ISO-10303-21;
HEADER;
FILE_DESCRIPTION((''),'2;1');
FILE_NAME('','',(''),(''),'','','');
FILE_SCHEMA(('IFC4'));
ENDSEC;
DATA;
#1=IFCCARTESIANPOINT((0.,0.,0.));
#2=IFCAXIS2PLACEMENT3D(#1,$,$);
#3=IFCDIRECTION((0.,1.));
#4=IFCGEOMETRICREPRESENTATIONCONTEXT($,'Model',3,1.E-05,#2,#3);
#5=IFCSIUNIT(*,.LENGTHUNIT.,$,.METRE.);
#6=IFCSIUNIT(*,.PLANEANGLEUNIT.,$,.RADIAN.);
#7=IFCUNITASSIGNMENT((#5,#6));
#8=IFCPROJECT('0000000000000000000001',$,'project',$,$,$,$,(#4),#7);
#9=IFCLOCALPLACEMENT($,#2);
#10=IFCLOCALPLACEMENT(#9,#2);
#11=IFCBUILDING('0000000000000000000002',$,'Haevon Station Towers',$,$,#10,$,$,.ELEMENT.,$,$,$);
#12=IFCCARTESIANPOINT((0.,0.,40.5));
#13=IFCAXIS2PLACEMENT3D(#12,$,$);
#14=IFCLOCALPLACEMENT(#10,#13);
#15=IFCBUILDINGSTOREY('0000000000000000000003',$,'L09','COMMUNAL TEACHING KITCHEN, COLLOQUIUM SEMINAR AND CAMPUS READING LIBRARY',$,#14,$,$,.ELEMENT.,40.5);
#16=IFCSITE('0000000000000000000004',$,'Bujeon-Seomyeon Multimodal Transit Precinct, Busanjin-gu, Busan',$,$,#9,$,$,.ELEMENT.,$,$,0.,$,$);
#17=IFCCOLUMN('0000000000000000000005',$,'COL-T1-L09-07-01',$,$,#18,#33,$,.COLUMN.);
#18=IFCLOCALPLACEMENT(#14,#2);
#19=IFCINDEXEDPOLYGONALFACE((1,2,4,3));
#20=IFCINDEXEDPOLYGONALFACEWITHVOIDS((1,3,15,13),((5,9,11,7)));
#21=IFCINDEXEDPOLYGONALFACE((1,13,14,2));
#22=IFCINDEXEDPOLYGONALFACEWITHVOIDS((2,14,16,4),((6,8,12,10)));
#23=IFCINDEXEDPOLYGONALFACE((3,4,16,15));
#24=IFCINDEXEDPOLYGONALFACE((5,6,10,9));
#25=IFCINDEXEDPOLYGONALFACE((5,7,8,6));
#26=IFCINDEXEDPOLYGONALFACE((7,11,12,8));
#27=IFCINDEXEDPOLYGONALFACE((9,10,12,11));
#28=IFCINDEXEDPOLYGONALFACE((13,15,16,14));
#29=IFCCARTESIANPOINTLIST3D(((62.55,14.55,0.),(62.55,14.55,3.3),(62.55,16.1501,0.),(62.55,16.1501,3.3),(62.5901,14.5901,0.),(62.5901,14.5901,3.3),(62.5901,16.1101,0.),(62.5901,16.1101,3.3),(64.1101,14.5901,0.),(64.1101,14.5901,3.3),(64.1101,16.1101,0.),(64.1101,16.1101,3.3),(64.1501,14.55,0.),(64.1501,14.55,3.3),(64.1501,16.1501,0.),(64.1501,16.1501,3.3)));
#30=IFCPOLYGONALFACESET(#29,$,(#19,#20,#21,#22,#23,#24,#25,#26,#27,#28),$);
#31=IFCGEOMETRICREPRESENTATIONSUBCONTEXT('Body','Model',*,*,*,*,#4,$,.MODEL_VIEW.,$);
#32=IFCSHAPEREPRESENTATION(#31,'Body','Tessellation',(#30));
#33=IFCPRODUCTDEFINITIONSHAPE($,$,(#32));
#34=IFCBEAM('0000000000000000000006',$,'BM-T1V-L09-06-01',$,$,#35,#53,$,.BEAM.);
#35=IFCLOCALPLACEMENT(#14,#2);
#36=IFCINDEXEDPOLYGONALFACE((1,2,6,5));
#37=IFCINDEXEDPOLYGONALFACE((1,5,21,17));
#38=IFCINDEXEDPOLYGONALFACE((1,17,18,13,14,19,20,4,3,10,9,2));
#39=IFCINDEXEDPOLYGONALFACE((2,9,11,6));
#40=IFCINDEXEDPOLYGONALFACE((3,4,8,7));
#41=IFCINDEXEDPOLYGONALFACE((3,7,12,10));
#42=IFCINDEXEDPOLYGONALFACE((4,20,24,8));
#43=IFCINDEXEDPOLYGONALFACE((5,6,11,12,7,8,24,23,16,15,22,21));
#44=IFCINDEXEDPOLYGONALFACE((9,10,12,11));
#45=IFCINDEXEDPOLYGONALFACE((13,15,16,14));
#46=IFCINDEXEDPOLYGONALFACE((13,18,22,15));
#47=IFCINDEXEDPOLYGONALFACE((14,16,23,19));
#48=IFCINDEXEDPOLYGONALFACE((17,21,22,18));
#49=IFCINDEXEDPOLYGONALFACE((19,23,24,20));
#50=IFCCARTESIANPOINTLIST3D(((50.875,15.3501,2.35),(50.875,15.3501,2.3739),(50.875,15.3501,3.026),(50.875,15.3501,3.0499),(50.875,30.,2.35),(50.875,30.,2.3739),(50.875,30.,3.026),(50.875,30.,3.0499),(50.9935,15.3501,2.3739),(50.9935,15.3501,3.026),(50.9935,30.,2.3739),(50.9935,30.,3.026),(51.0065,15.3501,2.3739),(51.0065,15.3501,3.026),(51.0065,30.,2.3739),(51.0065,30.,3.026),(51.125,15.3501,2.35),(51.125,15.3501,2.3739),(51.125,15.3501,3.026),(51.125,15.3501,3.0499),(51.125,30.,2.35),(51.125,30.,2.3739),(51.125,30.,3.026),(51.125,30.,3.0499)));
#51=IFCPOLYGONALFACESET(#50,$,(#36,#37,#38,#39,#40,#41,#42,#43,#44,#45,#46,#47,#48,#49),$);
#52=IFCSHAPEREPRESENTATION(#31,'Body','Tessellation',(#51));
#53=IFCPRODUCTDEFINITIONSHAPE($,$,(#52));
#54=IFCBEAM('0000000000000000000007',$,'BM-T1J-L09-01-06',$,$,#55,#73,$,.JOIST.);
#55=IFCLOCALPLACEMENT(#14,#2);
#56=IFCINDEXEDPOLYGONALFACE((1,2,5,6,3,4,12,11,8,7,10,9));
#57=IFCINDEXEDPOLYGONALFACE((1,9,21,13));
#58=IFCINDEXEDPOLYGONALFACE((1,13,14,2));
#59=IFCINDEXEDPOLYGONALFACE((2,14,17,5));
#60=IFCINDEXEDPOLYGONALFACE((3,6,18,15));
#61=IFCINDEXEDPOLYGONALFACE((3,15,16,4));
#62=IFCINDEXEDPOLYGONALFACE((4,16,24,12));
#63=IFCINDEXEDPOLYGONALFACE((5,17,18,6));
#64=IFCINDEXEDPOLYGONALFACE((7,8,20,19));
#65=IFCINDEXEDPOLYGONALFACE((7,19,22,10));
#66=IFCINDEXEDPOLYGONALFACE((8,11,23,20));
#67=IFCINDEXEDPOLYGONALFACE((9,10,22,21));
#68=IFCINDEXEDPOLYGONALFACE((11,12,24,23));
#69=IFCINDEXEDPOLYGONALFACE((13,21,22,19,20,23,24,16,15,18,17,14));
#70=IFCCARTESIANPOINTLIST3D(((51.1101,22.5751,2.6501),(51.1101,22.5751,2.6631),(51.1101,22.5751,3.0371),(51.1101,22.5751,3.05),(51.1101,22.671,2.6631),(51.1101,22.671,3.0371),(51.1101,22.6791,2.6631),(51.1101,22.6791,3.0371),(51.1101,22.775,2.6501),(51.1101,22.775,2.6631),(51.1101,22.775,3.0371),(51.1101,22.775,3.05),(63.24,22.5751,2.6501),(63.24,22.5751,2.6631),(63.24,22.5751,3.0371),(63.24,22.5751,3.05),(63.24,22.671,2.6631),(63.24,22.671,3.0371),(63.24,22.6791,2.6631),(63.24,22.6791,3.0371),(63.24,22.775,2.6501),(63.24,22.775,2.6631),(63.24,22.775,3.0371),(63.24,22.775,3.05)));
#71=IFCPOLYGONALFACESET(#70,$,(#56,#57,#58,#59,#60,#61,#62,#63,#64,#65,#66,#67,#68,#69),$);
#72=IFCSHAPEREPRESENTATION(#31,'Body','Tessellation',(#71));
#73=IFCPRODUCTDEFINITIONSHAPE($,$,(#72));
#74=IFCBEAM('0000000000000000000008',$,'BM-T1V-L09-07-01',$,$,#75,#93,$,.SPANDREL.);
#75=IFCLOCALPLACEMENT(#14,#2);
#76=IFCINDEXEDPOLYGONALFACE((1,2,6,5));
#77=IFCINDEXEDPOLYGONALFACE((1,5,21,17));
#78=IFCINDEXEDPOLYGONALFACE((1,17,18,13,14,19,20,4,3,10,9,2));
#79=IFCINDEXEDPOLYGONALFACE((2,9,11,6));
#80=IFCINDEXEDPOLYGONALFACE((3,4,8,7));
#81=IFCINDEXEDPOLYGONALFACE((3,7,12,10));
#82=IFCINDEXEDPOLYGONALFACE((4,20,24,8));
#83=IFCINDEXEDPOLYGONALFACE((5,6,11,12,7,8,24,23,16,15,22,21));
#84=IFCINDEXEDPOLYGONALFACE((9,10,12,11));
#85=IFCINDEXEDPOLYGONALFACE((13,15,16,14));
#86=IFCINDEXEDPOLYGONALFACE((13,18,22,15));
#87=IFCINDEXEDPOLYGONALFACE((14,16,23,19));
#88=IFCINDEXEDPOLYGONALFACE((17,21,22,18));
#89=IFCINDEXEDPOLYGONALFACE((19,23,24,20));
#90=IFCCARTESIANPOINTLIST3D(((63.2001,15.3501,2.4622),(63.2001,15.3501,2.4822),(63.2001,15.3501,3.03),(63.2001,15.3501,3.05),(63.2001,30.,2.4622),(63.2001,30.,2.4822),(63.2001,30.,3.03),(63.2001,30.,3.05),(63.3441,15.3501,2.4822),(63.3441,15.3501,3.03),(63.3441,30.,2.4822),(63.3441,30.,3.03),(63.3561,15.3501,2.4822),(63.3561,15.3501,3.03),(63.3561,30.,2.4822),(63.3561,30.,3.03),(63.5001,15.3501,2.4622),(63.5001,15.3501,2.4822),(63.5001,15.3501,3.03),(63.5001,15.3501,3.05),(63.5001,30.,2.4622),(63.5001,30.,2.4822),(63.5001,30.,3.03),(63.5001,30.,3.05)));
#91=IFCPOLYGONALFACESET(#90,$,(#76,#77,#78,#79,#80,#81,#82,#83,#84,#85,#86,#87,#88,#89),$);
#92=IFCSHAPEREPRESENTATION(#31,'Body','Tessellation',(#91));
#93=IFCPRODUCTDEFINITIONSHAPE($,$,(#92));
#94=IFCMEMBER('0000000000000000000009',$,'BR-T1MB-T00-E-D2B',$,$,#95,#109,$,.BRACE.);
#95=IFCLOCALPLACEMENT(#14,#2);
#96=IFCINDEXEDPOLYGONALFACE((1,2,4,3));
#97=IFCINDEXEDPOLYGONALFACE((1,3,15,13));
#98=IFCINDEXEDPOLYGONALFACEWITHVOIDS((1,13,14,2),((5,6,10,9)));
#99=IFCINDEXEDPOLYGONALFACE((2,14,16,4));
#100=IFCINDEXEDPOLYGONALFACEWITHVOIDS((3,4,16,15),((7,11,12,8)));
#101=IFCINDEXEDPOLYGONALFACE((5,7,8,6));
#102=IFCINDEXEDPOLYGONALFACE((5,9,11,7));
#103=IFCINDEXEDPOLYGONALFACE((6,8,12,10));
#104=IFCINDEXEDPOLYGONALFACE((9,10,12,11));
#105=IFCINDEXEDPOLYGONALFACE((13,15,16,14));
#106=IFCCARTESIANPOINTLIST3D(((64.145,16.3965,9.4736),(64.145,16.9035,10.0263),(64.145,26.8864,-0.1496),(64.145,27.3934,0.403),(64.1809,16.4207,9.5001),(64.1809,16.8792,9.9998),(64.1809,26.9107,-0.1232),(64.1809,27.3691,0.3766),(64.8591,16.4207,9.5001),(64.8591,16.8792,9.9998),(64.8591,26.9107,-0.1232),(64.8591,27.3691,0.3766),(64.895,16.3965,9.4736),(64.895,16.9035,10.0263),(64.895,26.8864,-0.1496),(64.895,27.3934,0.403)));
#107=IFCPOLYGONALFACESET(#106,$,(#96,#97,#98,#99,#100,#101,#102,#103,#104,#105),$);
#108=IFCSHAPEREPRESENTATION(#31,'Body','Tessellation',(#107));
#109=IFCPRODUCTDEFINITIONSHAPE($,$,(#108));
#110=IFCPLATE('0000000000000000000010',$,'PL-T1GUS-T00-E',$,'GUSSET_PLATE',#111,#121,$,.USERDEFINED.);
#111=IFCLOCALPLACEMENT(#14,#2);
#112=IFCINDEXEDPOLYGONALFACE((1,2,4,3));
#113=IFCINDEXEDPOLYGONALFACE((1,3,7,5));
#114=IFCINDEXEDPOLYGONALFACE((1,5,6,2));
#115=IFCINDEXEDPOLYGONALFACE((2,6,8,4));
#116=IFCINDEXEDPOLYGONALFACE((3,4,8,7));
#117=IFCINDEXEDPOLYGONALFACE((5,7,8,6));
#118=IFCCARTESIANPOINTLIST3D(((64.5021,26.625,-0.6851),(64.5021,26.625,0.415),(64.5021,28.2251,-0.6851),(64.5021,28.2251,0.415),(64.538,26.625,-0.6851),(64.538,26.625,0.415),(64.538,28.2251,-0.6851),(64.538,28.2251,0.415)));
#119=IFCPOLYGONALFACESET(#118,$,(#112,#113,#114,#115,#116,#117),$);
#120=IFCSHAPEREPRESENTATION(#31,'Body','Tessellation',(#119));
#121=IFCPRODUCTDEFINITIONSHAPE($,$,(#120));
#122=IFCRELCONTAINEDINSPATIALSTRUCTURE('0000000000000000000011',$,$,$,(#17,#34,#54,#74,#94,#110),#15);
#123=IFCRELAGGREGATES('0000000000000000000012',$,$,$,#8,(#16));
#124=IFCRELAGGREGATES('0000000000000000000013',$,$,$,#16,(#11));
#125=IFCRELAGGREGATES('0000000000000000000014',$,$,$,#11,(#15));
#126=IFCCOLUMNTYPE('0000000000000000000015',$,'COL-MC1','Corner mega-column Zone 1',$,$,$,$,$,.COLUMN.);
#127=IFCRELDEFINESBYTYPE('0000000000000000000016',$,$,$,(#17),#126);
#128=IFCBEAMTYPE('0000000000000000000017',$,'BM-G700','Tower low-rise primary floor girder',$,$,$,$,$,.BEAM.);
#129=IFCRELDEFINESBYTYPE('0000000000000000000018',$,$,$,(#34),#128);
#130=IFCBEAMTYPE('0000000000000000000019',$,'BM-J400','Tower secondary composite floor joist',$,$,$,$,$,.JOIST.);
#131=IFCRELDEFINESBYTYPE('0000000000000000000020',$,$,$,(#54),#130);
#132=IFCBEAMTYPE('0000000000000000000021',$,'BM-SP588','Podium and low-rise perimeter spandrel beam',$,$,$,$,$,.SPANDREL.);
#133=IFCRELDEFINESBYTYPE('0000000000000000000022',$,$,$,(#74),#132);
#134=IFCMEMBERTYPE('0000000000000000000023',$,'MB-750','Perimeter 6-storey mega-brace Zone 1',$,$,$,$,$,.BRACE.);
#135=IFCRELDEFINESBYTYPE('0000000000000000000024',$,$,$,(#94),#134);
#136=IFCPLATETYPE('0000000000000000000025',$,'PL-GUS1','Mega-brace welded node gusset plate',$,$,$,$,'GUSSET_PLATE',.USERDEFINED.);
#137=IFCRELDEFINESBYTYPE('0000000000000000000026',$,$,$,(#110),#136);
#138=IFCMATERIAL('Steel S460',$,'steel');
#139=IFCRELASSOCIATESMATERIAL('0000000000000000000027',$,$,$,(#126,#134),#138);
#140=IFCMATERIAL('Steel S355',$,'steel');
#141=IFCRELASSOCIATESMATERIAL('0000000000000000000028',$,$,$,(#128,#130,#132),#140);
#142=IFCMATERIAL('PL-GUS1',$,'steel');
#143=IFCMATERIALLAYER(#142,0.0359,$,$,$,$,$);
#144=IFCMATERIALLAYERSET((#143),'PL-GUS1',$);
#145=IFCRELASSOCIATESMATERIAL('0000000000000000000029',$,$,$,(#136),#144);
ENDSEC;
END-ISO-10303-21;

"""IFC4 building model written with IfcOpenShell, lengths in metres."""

from ifc_helpers import new_model, si_unit, direction, frame, origin, origin_2d, place, context, subcontext, project, spatial, rectangle, hollow_rectangle, i_section, extrude, material, layer, layer_set, material_profile, profile_set, type_object, element, save


model = new_model("IFC4")

# Units and contexts
model_context = context("Model", 3, precision=1e-05, world=origin(), true_north=direction((0.0, 1.0)))
body_context = subcontext(model_context, "Body", "Model", "MODEL_VIEW")
ifc_project = project(units=[si_unit("LENGTHUNIT", "METRE"), si_unit("PLANEANGLEUNIT", "RADIAN")], contexts=[model_context])

# Site, building, storey
site_placement = place(None, origin())
site = spatial("IfcSite", under=ifc_project, at=site_placement, Name="Bujeon-Seomyeon Multimodal Transit Precinct, Busanjin-gu, Busan", CompositionType="ELEMENT", RefElevation=0.0)
building_placement = place(site_placement, origin())
building = spatial("IfcBuilding", under=site, at=building_placement, Name="Haevon Station Towers", CompositionType="ELEMENT")
storey_placement = place(building_placement, frame((0.0, 0.0, 40.5)))
storey = spatial("IfcBuildingStorey", under=building, at=storey_placement, Name="L09", Description="COMMUNAL TEACHING KITCHEN, COLLOQUIUM SEMINAR AND CAMPUS READING LIBRARY", CompositionType="ELEMENT", Elevation=40.5)

# Column
ifc_material_1 = material(Name="Steel S460", Category="steel")
ifc_material_profile_1 = material_profile(ifc_material_1, hollow_rectangle(XDim=1.6001, YDim=1.6001, WallThickness=0.04, at=origin_2d()), Name="BOX-1600x1600x40")
ifc_profile_set_1 = profile_set([ifc_material_profile_1], Name="Steel S460")
column_type = type_object("IfcColumnType", Name="COL-MC1", Description="Corner mega-column Zone 1", PredefinedType="COLUMN", material=ifc_profile_set_1)
column_placement = place(storey_placement, frame((63.3501, 15.3501, 0.0), z_axis=(0.0, 0.0, 1.0), x_axis=(1.0, 0.0, 0.0)))
element("IfcColumn", 1, at=column_placement, inside=storey, type_object=column_type, Name="COL-T1-L09-07-01", PredefinedType="COLUMN", context=body_context, shape_type="SweptSolid", body=[
    extrude(hollow_rectangle(XDim=1.6001, YDim=1.6001, WallThickness=0.04, at=origin_2d()), origin(), (0.0, 0.0, 1.0), 3.3),
])

# Beams
ifc_material_2 = material(Name="Steel S355", Category="steel")
ifc_material_profile_2 = material_profile(ifc_material_2, i_section(OverallWidth=0.25, OverallDepth=0.7, WebThickness=0.0129, FlangeThickness=0.0239, at=origin_2d()), Name="H-700x250x13x24")
ifc_profile_set_2 = profile_set([ifc_material_profile_2], Name="Steel S355")
beam_type_1 = type_object("IfcBeamType", Name="BM-G700", Description="Tower low-rise primary floor girder", PredefinedType="BEAM", material=ifc_profile_set_2)
beam_1_placement = place(storey_placement, frame((51.0, 15.3501, 2.7), z_axis=(0.0, 1.0, 0.0), x_axis=(-1.0, 0.0, 0.0)))
element("IfcBeam", 2, at=beam_1_placement, inside=storey, type_object=beam_type_1, Name="BM-T1V-L09-06-01", PredefinedType="BEAM", context=body_context, shape_type="SweptSolid", body=[
    extrude(i_section(OverallWidth=0.25, OverallDepth=0.7, WebThickness=0.0129, FlangeThickness=0.0239, at=origin_2d()), origin(), (0.0, 0.0, 1.0), 14.6499),
])
ifc_material_profile_3 = material_profile(ifc_material_2, i_section(OverallWidth=0.2, OverallDepth=0.3999, WebThickness=0.0081, FlangeThickness=0.0129, at=origin_2d()), Name="H-400x200x8x13")
ifc_profile_set_3 = profile_set([ifc_material_profile_3], Name="Steel S355")
beam_type_2 = type_object("IfcBeamType", Name="BM-J400", Description="Tower secondary composite floor joist", PredefinedType="JOIST", material=ifc_profile_set_3)
beam_2_placement = place(storey_placement, frame((51.1101, 22.675, 2.8501), z_axis=(1.0, 0.0, 0.0), x_axis=(0.0, 1.0, 0.0)))
element("IfcBeam", 3, at=beam_2_placement, inside=storey, type_object=beam_type_2, Name="BM-T1J-L09-01-06", PredefinedType="JOIST", context=body_context, shape_type="SweptSolid", body=[
    extrude(i_section(OverallWidth=0.2, OverallDepth=0.3999, WebThickness=0.0081, FlangeThickness=0.0129, at=origin_2d()), origin(), (0.0, 0.0, 1.0), 12.1299),
])
ifc_material_profile_4 = material_profile(ifc_material_2, i_section(OverallWidth=0.3, OverallDepth=0.5879, WebThickness=0.012, FlangeThickness=0.02, at=origin_2d()), Name="H-588x300x12x20")
ifc_profile_set_4 = profile_set([ifc_material_profile_4], Name="Steel S355")
beam_type_3 = type_object("IfcBeamType", Name="BM-SP588", Description="Podium and low-rise perimeter spandrel beam", PredefinedType="SPANDREL", material=ifc_profile_set_4)
beam_3_placement = place(storey_placement, frame((63.3501, 15.3501, 2.7561), z_axis=(0.0, 1.0, 0.0), x_axis=(-1.0, 0.0, 0.0)))
element("IfcBeam", 4, at=beam_3_placement, inside=storey, type_object=beam_type_3, Name="BM-T1V-L09-07-01", PredefinedType="SPANDREL", context=body_context, shape_type="SweptSolid", body=[
    extrude(i_section(OverallWidth=0.3, OverallDepth=0.5879, WebThickness=0.012, FlangeThickness=0.02, at=origin_2d()), origin(), (0.0, 0.0, 1.0), 14.6499),
])

# Member
ifc_material_profile_5 = material_profile(ifc_material_1, hollow_rectangle(XDim=0.75, YDim=0.75, WallThickness=0.0359, at=origin_2d()), Name="RHS-750x750x36")
ifc_profile_set_5 = profile_set([ifc_material_profile_5], Name="Steel S460")
member_type = type_object("IfcMemberType", Name="MB-750", Description="Perimeter 6-storey mega-brace Zone 1", PredefinedType="BRACE", material=ifc_profile_set_5)
member_placement = place(storey_placement, frame((64.52, 27.1399, 0.1267), z_axis=(0.0, -0.736893, 0.67601), x_axis=(1.0, 0.0, 0.0)))
element("IfcMember", 5, at=member_placement, inside=storey, type_object=member_type, Name="BR-T1MB-T00-E-D2B", PredefinedType="BRACE", context=body_context, shape_type="SweptSolid", body=[
    extrude(hollow_rectangle(XDim=0.75, YDim=0.75, WallThickness=0.0359, at=origin_2d()), origin(), (0.0, 0.0, 1.0), 14.2354),
])

# Plate
ifc_material_3 = material(Name="PL-GUS1", Category="steel")
ifc_layer_1 = layer(ifc_material_3, 0.0359)
ifc_layer_set_1 = layer_set([ifc_layer_1], Name="PL-GUS1")
plate_type = type_object("IfcPlateType", Name="PL-GUS1", Description="Mega-brace welded node gusset plate", ElementType="GUSSET_PLATE", PredefinedType="USERDEFINED", material=ifc_layer_set_1)
plate_placement = place(storey_placement, frame((64.52, 27.425, -0.6851), z_axis=(0.0, 0.0, 1.0), x_axis=(0.0, 1.0, 0.0)))
element("IfcPlate", 6, at=plate_placement, inside=storey, type_object=plate_type, Name="PL-T1GUS-T00-E", ObjectType="GUSSET_PLATE", PredefinedType="USERDEFINED", context=body_context, shape_type="SweptSolid", body=[
    extrude(rectangle(XDim=1.6001, YDim=0.0359, at=origin_2d()), origin(), (0.0, 0.0, 1.0), 1.1001),
])

save(model, "model.ifc")
